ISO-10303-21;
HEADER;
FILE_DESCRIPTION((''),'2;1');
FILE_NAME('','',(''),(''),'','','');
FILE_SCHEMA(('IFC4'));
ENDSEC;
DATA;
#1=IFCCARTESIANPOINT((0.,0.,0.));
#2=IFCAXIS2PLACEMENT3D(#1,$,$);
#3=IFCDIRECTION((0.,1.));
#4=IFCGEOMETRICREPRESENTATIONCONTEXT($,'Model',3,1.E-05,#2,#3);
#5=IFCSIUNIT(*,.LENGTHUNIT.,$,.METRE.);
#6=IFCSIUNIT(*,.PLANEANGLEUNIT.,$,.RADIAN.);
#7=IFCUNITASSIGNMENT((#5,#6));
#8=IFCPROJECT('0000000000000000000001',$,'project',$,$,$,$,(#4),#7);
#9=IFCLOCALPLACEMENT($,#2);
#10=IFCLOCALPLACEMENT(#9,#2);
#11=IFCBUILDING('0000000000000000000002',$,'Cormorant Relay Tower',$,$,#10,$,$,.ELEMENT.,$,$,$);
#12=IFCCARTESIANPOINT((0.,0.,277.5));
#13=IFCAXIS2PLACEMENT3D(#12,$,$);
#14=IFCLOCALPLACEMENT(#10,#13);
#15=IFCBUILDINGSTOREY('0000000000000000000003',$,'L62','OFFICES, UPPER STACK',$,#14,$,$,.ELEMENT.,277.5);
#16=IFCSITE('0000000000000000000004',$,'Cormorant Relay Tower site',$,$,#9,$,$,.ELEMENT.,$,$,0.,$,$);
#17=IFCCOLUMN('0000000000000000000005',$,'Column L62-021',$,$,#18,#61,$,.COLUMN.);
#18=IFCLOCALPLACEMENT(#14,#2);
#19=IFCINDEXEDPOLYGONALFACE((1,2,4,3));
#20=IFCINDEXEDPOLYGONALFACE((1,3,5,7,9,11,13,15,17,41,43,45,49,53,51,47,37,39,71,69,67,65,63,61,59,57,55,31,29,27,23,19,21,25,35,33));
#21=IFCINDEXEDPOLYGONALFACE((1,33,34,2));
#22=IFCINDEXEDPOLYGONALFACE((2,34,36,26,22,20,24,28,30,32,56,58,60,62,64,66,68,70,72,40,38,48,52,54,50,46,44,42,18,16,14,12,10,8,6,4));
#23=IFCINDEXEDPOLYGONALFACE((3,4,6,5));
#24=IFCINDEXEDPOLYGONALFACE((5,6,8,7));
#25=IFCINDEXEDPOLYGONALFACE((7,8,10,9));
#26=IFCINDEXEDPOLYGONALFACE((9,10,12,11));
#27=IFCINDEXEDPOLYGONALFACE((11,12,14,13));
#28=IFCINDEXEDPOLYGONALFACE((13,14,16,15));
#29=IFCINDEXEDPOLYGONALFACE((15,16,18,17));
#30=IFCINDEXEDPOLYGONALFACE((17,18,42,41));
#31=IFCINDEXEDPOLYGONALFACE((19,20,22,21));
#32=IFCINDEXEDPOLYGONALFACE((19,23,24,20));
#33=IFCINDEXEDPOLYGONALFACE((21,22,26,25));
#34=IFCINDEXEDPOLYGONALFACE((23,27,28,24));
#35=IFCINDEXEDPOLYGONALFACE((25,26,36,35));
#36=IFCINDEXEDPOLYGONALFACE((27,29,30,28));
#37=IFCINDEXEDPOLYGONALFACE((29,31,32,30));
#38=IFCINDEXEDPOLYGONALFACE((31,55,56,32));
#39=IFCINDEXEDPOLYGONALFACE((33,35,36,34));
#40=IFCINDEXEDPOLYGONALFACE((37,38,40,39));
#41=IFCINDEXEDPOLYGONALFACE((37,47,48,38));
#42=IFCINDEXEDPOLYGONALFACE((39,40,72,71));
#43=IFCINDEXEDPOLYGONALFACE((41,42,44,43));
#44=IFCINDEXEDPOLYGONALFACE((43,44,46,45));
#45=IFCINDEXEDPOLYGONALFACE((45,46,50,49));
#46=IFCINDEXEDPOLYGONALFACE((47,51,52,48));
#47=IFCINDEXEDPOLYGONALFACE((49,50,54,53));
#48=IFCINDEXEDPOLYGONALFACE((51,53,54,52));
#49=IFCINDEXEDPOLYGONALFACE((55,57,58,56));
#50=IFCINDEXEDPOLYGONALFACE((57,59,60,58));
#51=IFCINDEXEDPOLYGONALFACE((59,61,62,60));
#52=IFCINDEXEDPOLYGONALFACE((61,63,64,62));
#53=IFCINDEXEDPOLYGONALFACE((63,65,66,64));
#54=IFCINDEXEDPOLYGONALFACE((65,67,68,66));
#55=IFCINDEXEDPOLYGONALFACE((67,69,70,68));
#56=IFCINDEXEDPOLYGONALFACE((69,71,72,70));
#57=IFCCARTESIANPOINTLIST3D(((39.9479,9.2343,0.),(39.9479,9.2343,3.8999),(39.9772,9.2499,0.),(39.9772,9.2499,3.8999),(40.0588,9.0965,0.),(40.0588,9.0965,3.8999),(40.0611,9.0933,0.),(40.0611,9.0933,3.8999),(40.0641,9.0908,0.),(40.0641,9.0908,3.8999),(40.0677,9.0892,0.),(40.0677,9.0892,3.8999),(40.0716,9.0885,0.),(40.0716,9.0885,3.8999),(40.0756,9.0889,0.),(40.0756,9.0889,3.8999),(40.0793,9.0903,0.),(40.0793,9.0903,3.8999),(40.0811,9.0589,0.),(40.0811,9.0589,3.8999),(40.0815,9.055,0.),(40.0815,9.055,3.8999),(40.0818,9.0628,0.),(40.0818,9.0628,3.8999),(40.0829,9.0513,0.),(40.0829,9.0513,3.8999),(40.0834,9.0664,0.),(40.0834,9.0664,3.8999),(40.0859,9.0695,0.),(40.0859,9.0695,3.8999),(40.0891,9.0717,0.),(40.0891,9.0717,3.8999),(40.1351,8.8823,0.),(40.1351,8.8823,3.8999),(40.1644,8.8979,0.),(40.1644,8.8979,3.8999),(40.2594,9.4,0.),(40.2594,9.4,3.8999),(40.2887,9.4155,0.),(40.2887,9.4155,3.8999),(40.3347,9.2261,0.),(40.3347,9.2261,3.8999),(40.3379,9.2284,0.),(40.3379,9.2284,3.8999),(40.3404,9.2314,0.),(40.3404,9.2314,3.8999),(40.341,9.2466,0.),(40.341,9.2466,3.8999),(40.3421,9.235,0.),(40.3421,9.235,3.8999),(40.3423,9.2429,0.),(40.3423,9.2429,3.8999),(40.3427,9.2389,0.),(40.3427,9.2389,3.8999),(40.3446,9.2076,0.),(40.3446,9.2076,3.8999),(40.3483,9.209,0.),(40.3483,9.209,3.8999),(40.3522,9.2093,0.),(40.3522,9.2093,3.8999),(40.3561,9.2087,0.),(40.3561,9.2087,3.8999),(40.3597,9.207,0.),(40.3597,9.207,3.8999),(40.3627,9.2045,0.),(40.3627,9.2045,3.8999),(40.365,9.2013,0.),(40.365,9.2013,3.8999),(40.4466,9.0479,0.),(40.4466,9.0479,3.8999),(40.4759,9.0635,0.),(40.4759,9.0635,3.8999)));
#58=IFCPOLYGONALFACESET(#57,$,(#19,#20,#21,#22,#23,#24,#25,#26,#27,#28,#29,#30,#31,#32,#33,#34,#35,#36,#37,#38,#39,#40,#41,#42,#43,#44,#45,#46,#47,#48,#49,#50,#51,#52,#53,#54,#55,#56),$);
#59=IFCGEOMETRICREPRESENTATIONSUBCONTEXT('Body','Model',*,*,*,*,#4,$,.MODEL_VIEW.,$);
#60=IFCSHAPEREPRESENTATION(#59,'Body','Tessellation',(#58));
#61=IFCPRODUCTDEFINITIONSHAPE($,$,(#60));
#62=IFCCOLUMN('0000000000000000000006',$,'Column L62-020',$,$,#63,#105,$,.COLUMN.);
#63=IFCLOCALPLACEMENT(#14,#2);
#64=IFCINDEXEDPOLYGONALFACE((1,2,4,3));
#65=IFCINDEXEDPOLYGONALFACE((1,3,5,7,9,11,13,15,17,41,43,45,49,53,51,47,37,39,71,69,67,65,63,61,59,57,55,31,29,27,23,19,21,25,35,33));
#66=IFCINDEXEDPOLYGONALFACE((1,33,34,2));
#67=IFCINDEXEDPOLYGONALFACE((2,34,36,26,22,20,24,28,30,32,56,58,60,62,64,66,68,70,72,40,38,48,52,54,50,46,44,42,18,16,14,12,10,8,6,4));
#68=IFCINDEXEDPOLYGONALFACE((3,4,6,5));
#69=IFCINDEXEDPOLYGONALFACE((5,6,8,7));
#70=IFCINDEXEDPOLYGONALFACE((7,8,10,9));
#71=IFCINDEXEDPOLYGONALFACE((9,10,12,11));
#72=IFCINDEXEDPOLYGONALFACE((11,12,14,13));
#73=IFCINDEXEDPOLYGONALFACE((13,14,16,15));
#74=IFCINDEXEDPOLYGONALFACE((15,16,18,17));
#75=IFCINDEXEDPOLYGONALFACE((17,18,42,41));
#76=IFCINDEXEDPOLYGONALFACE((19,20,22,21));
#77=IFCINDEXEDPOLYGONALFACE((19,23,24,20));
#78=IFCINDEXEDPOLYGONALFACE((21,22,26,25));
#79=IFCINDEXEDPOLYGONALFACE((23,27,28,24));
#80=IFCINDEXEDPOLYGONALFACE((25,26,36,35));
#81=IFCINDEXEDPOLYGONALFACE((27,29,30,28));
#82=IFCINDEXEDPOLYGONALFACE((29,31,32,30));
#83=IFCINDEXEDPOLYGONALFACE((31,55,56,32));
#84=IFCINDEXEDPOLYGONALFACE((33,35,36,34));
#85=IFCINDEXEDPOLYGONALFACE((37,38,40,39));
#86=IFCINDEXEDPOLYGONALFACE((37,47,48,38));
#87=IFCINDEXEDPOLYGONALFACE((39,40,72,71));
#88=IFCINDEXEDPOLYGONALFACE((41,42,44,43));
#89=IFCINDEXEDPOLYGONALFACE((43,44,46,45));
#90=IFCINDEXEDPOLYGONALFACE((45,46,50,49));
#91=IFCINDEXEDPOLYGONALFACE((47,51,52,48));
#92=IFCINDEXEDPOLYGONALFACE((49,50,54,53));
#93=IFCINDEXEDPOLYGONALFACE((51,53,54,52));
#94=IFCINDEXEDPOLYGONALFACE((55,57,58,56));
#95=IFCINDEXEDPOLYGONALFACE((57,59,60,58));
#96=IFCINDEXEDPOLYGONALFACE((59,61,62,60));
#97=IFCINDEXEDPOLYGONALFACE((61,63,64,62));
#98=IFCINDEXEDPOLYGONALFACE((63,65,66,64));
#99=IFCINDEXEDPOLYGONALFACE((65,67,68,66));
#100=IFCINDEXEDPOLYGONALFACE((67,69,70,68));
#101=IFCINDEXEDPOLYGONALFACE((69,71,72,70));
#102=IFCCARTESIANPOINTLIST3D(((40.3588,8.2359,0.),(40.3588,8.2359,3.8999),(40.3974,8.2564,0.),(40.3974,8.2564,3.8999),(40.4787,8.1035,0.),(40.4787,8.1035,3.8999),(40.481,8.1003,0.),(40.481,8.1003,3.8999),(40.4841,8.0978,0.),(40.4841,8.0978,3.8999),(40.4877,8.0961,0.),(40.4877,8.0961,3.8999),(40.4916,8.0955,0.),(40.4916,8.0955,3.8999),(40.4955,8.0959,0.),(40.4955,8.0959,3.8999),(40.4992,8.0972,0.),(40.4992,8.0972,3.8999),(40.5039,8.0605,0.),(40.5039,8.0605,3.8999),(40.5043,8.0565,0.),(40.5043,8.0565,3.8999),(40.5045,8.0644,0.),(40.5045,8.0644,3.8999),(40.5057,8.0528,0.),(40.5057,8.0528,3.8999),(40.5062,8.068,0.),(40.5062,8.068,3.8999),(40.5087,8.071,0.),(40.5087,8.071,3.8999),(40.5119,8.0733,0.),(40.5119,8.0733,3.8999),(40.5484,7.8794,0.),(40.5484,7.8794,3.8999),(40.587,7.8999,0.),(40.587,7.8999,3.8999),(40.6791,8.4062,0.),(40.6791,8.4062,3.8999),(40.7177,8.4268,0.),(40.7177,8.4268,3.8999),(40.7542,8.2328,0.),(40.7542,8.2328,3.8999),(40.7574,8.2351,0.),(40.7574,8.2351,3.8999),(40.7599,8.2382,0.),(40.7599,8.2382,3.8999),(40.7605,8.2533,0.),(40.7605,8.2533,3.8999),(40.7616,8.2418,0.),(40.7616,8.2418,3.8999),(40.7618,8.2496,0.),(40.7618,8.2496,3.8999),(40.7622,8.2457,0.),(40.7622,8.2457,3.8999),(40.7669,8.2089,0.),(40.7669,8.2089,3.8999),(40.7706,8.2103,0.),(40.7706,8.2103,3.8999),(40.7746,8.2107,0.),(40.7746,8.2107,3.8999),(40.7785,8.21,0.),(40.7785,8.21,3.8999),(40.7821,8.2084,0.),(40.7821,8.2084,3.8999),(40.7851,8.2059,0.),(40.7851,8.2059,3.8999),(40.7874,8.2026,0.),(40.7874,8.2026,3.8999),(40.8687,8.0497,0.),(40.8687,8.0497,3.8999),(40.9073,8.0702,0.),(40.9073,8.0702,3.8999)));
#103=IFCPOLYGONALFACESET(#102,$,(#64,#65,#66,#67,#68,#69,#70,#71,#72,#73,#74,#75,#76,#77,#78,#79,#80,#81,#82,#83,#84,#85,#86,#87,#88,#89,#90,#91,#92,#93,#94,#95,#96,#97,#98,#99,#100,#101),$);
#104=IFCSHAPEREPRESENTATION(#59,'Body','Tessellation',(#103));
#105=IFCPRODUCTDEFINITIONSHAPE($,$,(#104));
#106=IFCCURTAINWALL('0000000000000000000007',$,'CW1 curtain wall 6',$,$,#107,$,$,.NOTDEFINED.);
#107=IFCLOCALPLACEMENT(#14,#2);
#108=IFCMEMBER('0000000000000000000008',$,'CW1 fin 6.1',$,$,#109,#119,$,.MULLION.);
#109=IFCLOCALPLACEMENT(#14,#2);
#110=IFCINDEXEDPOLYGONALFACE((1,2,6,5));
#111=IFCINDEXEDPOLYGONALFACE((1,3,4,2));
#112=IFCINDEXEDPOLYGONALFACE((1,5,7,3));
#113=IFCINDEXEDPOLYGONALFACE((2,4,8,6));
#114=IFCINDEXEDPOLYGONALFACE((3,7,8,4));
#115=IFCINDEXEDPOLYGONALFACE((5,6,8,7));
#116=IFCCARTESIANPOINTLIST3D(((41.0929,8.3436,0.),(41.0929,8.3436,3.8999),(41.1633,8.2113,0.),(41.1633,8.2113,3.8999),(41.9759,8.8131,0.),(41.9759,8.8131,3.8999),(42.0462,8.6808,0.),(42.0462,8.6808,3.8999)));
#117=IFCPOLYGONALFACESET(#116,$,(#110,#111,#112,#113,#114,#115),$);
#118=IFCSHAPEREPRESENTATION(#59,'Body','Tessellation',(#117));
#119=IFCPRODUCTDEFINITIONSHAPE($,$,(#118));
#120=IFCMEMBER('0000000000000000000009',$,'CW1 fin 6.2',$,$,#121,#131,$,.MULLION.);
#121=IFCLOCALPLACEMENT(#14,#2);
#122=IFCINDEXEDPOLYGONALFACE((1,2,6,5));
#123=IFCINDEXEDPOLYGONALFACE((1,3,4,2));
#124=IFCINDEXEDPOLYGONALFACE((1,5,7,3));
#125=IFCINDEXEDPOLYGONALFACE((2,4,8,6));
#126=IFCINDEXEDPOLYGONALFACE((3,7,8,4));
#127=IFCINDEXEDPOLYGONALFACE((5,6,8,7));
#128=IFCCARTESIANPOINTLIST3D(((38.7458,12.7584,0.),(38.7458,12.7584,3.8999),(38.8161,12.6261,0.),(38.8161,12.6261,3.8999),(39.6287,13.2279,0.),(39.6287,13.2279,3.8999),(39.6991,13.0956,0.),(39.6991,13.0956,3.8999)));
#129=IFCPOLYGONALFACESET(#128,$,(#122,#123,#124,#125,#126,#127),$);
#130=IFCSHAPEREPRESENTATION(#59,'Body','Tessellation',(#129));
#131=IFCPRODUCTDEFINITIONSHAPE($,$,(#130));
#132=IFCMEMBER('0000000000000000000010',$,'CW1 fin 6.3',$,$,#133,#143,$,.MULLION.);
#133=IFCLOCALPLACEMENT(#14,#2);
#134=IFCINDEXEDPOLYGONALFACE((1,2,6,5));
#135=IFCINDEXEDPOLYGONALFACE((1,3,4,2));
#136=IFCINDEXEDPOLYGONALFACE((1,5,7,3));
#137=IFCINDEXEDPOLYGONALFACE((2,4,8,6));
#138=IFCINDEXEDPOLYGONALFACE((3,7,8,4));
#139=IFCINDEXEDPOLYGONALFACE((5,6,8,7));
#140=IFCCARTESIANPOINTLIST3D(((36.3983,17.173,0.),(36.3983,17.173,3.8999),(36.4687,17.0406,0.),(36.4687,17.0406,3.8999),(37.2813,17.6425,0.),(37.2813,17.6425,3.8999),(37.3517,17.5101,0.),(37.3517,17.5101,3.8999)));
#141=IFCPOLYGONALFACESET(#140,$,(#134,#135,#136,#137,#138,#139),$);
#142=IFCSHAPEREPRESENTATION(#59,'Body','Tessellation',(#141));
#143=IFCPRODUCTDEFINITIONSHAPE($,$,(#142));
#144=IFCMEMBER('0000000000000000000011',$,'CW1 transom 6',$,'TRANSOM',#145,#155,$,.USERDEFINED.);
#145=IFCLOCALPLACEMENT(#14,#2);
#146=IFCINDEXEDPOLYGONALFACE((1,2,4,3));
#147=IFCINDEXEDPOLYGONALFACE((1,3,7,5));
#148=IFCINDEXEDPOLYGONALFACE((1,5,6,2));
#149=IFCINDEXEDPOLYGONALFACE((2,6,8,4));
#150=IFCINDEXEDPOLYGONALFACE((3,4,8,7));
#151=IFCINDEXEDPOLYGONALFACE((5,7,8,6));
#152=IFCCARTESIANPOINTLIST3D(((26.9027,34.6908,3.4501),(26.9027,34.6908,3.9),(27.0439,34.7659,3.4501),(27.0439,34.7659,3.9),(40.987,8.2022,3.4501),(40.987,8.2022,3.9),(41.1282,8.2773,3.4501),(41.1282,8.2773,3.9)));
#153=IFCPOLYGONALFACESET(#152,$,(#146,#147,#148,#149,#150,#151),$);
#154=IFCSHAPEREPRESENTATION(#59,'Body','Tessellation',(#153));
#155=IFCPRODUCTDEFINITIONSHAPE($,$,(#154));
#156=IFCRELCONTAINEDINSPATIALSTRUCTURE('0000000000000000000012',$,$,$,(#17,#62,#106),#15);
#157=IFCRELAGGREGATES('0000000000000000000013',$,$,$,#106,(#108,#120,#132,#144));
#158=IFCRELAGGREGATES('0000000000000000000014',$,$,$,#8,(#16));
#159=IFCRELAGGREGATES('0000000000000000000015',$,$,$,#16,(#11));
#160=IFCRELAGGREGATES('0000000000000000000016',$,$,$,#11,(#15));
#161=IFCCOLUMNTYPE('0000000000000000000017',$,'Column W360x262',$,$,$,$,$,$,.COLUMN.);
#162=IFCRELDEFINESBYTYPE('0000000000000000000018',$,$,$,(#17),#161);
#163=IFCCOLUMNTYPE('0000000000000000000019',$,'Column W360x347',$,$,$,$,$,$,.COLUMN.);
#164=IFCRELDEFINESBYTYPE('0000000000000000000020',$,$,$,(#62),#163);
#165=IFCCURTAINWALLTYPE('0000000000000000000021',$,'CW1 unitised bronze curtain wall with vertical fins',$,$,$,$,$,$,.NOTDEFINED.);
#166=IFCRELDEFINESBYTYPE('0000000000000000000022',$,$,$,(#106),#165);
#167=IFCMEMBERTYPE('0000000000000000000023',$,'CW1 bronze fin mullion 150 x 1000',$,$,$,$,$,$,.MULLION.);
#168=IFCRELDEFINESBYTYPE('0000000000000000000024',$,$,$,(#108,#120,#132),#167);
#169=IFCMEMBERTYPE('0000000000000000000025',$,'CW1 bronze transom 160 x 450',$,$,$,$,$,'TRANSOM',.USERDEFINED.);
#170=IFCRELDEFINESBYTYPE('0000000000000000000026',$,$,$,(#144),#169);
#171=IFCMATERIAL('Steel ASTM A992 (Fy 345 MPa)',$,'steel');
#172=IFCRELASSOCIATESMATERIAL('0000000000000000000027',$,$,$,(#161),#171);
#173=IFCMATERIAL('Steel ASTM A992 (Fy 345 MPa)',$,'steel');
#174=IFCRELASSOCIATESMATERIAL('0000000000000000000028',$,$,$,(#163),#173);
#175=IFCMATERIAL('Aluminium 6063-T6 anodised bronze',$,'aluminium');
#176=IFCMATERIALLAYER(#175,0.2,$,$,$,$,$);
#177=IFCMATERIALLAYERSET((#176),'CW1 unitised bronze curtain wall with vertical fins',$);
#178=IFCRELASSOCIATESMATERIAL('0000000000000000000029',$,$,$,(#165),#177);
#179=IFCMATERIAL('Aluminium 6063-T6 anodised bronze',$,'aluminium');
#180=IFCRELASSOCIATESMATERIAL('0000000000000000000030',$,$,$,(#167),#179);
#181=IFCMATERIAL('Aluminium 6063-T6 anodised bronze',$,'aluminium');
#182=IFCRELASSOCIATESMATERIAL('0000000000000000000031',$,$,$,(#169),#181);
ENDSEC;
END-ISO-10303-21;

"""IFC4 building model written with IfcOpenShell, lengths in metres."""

from ifc_helpers import new_model, si_unit, direction, frame, origin, origin_2d, place, context, subcontext, project, spatial, rectangle, i_section, extrude, material, layer, layer_set, material_profile, profile_set, type_object, element, aggregate, save


model = new_model("IFC4")

# Units and contexts
model_context = context("Model", 3, precision=1e-05, world=origin(), true_north=direction((0.0, 1.0)))
body_context = subcontext(model_context, "Body", "Model", "MODEL_VIEW")
ifc_project = project(units=[si_unit("LENGTHUNIT", "METRE"), si_unit("PLANEANGLEUNIT", "RADIAN")], contexts=[model_context])

# Site, building, storey
site_placement = place(None, origin())
site = spatial("IfcSite", under=ifc_project, at=site_placement, Name="Cormorant Relay Tower site", CompositionType="ELEMENT", RefElevation=0.0)
building_placement = place(site_placement, origin())
building = spatial("IfcBuilding", under=site, at=building_placement, Name="Cormorant Relay Tower", CompositionType="ELEMENT")
storey_placement = place(building_placement, frame((0.0, 0.0, 277.5)))
storey = spatial("IfcBuildingStorey", under=building, at=storey_placement, Name="L62", Description="OFFICES, UPPER STACK", CompositionType="ELEMENT", Elevation=277.5)

# Columns
ifc_material_1 = material(Name="Steel ASTM A992 (Fy 345 MPa)", Category="steel")
ifc_material_profile_1 = material_profile(ifc_material_1, i_section(OverallWidth=0.3987, OverallDepth=0.386, WebThickness=0.021, FlangeThickness=0.0332, FilletRadius=0.0151, at=origin_2d()), Name="W360x262")
ifc_profile_set_1 = profile_set([ifc_material_profile_1], Name="Steel ASTM A992 (Fy 345 MPa)")
column_type_1 = type_object("IfcColumnType", Name="Column W360x262", PredefinedType="COLUMN", material=ifc_profile_set_1)
column_1_placement = place(storey_placement, frame((40.2119, 9.1489, 0.0), z_axis=(0.0, 0.0, 1.0), x_axis=(-0.469472, 0.882948, 0.0)))
element("IfcColumn", 1, at=column_1_placement, inside=storey, type_object=column_type_1, Name="Column L62-021", PredefinedType="COLUMN", context=body_context, shape_type="SweptSolid", body=[
    extrude(i_section(OverallWidth=0.3987, OverallDepth=0.386, WebThickness=0.021, FlangeThickness=0.0332, FilletRadius=0.0151, at=origin_2d()), origin(), (0.0, 0.0, 1.0), 3.8999),
])
ifc_material_2 = material(Name="Steel ASTM A992 (Fy 345 MPa)", Category="steel")
ifc_material_profile_2 = material_profile(ifc_material_2, i_section(OverallWidth=0.4038, OverallDepth=0.4065, WebThickness=0.0271, FlangeThickness=0.0437, FilletRadius=0.0151, at=origin_2d()), Name="W360x347")
ifc_profile_set_2 = profile_set([ifc_material_profile_2], Name="Steel ASTM A992 (Fy 345 MPa)")
column_type_2 = type_object("IfcColumnType", Name="Column W360x347", PredefinedType="COLUMN", material=ifc_profile_set_2)
column_2_placement = place(storey_placement, frame((40.6331, 8.1531, 0.0), z_axis=(0.0, 0.0, 1.0), x_axis=(-0.469472, 0.882948, 0.0)))
element("IfcColumn", 2, at=column_2_placement, inside=storey, type_object=column_type_2, Name="Column L62-020", PredefinedType="COLUMN", context=body_context, shape_type="SweptSolid", body=[
    extrude(i_section(OverallWidth=0.4038, OverallDepth=0.4065, WebThickness=0.0271, FlangeThickness=0.0437, FilletRadius=0.0151, at=origin_2d()), origin(), (0.0, 0.0, 1.0), 3.8999),
])

# Curtain wall, members
ifc_material_3 = material(Name="Aluminium 6063-T6 anodised bronze", Category="aluminium")
ifc_layer_1 = layer(ifc_material_3, 0.2)
ifc_layer_set_1 = layer_set([ifc_layer_1], Name="CW1 unitised bronze curtain wall with vertical fins")
curtain_wall_type = type_object("IfcCurtainWallType", Name="CW1 unitised bronze curtain wall with vertical fins", PredefinedType="NOTDEFINED", material=ifc_layer_set_1)
curtain_wall_1_placement = place(storey_placement, origin())
curtain_wall_1 = element("IfcCurtainWall", 3, at=curtain_wall_1_placement, inside=storey, type_object=curtain_wall_type, Name="CW1 curtain wall 6", PredefinedType="NOTDEFINED")
ifc_material_4 = material(Name="Aluminium 6063-T6 anodised bronze", Category="aluminium")
ifc_material_profile_3 = material_profile(ifc_material_4, rectangle(XDim=0.1499, YDim=1.0, at=origin_2d()), Name="AL 150x1000")
ifc_profile_set_3 = profile_set([ifc_material_profile_3], Name="Aluminium 6063-T6 anodised bronze")
member_type_1 = type_object("IfcMemberType", Name="CW1 bronze fin mullion 150 x 1000", PredefinedType="MULLION", material=ifc_profile_set_3)
member_1_placement = place(storey_placement, frame((41.5696, 8.5122, 0.0), z_axis=(0.0, 0.0, 1.0), x_axis=(-0.469472, 0.882948, 0.0)))
member_1 = element("IfcMember", 4, at=member_1_placement, type_object=member_type_1, Name="CW1 fin 6.1", PredefinedType="MULLION", context=body_context, shape_type="SweptSolid", body=[
    extrude(rectangle(XDim=0.1499, YDim=1.0, at=origin_2d()), origin(), (0.0, 0.0, 1.0), 3.8999),
])
member_2_placement = place(storey_placement, frame((39.2224, 12.927, 0.0), z_axis=(0.0, 0.0, 1.0), x_axis=(-0.469472, 0.882948, 0.0)))
member_2 = element("IfcMember", 5, at=member_2_placement, type_object=member_type_1, Name="CW1 fin 6.2", PredefinedType="MULLION", context=body_context, shape_type="SweptSolid", body=[
    extrude(rectangle(XDim=0.1499, YDim=1.0, at=origin_2d()), origin(), (0.0, 0.0, 1.0), 3.8999),
])
member_3_placement = place(storey_placement, frame((36.875, 17.3416, 0.0), z_axis=(0.0, 0.0, 1.0), x_axis=(-0.469472, 0.882948, 0.0)))
member_3 = element("IfcMember", 6, at=member_3_placement, type_object=member_type_1, Name="CW1 fin 6.3", PredefinedType="MULLION", context=body_context, shape_type="SweptSolid", body=[
    extrude(rectangle(XDim=0.1499, YDim=1.0, at=origin_2d()), origin(), (0.0, 0.0, 1.0), 3.8999),
])
ifc_material_5 = material(Name="Aluminium 6063-T6 anodised bronze", Category="aluminium")
ifc_material_profile_4 = material_profile(ifc_material_5, rectangle(XDim=0.1599, YDim=0.45, at=origin_2d()), Name="AL 160x450")
ifc_profile_set_4 = profile_set([ifc_material_profile_4], Name="Aluminium 6063-T6 anodised bronze")
member_type_2 = type_object("IfcMemberType", Name="CW1 bronze transom 160 x 450", ElementType="TRANSOM", PredefinedType="USERDEFINED", material=ifc_profile_set_4)
member_4_placement = place(storey_placement, frame((41.0576, 8.2397, 3.675), z_axis=(-0.469472, 0.882947, 0.0), x_axis=(-0.882947, -0.469472, 0.0)))
member_4 = element("IfcMember", 7, at=member_4_placement, type_object=member_type_2, Name="CW1 transom 6", ObjectType="TRANSOM", PredefinedType="USERDEFINED", context=body_context, shape_type="SweptSolid", body=[
    extrude(rectangle(XDim=0.1599, YDim=0.45, at=origin_2d()), origin(), (0.0, 0.0, 1.0), 30.0002),
])

aggregate(curtain_wall_1, [member_1, member_2, member_3, member_4])

save(model, "model.ifc")
